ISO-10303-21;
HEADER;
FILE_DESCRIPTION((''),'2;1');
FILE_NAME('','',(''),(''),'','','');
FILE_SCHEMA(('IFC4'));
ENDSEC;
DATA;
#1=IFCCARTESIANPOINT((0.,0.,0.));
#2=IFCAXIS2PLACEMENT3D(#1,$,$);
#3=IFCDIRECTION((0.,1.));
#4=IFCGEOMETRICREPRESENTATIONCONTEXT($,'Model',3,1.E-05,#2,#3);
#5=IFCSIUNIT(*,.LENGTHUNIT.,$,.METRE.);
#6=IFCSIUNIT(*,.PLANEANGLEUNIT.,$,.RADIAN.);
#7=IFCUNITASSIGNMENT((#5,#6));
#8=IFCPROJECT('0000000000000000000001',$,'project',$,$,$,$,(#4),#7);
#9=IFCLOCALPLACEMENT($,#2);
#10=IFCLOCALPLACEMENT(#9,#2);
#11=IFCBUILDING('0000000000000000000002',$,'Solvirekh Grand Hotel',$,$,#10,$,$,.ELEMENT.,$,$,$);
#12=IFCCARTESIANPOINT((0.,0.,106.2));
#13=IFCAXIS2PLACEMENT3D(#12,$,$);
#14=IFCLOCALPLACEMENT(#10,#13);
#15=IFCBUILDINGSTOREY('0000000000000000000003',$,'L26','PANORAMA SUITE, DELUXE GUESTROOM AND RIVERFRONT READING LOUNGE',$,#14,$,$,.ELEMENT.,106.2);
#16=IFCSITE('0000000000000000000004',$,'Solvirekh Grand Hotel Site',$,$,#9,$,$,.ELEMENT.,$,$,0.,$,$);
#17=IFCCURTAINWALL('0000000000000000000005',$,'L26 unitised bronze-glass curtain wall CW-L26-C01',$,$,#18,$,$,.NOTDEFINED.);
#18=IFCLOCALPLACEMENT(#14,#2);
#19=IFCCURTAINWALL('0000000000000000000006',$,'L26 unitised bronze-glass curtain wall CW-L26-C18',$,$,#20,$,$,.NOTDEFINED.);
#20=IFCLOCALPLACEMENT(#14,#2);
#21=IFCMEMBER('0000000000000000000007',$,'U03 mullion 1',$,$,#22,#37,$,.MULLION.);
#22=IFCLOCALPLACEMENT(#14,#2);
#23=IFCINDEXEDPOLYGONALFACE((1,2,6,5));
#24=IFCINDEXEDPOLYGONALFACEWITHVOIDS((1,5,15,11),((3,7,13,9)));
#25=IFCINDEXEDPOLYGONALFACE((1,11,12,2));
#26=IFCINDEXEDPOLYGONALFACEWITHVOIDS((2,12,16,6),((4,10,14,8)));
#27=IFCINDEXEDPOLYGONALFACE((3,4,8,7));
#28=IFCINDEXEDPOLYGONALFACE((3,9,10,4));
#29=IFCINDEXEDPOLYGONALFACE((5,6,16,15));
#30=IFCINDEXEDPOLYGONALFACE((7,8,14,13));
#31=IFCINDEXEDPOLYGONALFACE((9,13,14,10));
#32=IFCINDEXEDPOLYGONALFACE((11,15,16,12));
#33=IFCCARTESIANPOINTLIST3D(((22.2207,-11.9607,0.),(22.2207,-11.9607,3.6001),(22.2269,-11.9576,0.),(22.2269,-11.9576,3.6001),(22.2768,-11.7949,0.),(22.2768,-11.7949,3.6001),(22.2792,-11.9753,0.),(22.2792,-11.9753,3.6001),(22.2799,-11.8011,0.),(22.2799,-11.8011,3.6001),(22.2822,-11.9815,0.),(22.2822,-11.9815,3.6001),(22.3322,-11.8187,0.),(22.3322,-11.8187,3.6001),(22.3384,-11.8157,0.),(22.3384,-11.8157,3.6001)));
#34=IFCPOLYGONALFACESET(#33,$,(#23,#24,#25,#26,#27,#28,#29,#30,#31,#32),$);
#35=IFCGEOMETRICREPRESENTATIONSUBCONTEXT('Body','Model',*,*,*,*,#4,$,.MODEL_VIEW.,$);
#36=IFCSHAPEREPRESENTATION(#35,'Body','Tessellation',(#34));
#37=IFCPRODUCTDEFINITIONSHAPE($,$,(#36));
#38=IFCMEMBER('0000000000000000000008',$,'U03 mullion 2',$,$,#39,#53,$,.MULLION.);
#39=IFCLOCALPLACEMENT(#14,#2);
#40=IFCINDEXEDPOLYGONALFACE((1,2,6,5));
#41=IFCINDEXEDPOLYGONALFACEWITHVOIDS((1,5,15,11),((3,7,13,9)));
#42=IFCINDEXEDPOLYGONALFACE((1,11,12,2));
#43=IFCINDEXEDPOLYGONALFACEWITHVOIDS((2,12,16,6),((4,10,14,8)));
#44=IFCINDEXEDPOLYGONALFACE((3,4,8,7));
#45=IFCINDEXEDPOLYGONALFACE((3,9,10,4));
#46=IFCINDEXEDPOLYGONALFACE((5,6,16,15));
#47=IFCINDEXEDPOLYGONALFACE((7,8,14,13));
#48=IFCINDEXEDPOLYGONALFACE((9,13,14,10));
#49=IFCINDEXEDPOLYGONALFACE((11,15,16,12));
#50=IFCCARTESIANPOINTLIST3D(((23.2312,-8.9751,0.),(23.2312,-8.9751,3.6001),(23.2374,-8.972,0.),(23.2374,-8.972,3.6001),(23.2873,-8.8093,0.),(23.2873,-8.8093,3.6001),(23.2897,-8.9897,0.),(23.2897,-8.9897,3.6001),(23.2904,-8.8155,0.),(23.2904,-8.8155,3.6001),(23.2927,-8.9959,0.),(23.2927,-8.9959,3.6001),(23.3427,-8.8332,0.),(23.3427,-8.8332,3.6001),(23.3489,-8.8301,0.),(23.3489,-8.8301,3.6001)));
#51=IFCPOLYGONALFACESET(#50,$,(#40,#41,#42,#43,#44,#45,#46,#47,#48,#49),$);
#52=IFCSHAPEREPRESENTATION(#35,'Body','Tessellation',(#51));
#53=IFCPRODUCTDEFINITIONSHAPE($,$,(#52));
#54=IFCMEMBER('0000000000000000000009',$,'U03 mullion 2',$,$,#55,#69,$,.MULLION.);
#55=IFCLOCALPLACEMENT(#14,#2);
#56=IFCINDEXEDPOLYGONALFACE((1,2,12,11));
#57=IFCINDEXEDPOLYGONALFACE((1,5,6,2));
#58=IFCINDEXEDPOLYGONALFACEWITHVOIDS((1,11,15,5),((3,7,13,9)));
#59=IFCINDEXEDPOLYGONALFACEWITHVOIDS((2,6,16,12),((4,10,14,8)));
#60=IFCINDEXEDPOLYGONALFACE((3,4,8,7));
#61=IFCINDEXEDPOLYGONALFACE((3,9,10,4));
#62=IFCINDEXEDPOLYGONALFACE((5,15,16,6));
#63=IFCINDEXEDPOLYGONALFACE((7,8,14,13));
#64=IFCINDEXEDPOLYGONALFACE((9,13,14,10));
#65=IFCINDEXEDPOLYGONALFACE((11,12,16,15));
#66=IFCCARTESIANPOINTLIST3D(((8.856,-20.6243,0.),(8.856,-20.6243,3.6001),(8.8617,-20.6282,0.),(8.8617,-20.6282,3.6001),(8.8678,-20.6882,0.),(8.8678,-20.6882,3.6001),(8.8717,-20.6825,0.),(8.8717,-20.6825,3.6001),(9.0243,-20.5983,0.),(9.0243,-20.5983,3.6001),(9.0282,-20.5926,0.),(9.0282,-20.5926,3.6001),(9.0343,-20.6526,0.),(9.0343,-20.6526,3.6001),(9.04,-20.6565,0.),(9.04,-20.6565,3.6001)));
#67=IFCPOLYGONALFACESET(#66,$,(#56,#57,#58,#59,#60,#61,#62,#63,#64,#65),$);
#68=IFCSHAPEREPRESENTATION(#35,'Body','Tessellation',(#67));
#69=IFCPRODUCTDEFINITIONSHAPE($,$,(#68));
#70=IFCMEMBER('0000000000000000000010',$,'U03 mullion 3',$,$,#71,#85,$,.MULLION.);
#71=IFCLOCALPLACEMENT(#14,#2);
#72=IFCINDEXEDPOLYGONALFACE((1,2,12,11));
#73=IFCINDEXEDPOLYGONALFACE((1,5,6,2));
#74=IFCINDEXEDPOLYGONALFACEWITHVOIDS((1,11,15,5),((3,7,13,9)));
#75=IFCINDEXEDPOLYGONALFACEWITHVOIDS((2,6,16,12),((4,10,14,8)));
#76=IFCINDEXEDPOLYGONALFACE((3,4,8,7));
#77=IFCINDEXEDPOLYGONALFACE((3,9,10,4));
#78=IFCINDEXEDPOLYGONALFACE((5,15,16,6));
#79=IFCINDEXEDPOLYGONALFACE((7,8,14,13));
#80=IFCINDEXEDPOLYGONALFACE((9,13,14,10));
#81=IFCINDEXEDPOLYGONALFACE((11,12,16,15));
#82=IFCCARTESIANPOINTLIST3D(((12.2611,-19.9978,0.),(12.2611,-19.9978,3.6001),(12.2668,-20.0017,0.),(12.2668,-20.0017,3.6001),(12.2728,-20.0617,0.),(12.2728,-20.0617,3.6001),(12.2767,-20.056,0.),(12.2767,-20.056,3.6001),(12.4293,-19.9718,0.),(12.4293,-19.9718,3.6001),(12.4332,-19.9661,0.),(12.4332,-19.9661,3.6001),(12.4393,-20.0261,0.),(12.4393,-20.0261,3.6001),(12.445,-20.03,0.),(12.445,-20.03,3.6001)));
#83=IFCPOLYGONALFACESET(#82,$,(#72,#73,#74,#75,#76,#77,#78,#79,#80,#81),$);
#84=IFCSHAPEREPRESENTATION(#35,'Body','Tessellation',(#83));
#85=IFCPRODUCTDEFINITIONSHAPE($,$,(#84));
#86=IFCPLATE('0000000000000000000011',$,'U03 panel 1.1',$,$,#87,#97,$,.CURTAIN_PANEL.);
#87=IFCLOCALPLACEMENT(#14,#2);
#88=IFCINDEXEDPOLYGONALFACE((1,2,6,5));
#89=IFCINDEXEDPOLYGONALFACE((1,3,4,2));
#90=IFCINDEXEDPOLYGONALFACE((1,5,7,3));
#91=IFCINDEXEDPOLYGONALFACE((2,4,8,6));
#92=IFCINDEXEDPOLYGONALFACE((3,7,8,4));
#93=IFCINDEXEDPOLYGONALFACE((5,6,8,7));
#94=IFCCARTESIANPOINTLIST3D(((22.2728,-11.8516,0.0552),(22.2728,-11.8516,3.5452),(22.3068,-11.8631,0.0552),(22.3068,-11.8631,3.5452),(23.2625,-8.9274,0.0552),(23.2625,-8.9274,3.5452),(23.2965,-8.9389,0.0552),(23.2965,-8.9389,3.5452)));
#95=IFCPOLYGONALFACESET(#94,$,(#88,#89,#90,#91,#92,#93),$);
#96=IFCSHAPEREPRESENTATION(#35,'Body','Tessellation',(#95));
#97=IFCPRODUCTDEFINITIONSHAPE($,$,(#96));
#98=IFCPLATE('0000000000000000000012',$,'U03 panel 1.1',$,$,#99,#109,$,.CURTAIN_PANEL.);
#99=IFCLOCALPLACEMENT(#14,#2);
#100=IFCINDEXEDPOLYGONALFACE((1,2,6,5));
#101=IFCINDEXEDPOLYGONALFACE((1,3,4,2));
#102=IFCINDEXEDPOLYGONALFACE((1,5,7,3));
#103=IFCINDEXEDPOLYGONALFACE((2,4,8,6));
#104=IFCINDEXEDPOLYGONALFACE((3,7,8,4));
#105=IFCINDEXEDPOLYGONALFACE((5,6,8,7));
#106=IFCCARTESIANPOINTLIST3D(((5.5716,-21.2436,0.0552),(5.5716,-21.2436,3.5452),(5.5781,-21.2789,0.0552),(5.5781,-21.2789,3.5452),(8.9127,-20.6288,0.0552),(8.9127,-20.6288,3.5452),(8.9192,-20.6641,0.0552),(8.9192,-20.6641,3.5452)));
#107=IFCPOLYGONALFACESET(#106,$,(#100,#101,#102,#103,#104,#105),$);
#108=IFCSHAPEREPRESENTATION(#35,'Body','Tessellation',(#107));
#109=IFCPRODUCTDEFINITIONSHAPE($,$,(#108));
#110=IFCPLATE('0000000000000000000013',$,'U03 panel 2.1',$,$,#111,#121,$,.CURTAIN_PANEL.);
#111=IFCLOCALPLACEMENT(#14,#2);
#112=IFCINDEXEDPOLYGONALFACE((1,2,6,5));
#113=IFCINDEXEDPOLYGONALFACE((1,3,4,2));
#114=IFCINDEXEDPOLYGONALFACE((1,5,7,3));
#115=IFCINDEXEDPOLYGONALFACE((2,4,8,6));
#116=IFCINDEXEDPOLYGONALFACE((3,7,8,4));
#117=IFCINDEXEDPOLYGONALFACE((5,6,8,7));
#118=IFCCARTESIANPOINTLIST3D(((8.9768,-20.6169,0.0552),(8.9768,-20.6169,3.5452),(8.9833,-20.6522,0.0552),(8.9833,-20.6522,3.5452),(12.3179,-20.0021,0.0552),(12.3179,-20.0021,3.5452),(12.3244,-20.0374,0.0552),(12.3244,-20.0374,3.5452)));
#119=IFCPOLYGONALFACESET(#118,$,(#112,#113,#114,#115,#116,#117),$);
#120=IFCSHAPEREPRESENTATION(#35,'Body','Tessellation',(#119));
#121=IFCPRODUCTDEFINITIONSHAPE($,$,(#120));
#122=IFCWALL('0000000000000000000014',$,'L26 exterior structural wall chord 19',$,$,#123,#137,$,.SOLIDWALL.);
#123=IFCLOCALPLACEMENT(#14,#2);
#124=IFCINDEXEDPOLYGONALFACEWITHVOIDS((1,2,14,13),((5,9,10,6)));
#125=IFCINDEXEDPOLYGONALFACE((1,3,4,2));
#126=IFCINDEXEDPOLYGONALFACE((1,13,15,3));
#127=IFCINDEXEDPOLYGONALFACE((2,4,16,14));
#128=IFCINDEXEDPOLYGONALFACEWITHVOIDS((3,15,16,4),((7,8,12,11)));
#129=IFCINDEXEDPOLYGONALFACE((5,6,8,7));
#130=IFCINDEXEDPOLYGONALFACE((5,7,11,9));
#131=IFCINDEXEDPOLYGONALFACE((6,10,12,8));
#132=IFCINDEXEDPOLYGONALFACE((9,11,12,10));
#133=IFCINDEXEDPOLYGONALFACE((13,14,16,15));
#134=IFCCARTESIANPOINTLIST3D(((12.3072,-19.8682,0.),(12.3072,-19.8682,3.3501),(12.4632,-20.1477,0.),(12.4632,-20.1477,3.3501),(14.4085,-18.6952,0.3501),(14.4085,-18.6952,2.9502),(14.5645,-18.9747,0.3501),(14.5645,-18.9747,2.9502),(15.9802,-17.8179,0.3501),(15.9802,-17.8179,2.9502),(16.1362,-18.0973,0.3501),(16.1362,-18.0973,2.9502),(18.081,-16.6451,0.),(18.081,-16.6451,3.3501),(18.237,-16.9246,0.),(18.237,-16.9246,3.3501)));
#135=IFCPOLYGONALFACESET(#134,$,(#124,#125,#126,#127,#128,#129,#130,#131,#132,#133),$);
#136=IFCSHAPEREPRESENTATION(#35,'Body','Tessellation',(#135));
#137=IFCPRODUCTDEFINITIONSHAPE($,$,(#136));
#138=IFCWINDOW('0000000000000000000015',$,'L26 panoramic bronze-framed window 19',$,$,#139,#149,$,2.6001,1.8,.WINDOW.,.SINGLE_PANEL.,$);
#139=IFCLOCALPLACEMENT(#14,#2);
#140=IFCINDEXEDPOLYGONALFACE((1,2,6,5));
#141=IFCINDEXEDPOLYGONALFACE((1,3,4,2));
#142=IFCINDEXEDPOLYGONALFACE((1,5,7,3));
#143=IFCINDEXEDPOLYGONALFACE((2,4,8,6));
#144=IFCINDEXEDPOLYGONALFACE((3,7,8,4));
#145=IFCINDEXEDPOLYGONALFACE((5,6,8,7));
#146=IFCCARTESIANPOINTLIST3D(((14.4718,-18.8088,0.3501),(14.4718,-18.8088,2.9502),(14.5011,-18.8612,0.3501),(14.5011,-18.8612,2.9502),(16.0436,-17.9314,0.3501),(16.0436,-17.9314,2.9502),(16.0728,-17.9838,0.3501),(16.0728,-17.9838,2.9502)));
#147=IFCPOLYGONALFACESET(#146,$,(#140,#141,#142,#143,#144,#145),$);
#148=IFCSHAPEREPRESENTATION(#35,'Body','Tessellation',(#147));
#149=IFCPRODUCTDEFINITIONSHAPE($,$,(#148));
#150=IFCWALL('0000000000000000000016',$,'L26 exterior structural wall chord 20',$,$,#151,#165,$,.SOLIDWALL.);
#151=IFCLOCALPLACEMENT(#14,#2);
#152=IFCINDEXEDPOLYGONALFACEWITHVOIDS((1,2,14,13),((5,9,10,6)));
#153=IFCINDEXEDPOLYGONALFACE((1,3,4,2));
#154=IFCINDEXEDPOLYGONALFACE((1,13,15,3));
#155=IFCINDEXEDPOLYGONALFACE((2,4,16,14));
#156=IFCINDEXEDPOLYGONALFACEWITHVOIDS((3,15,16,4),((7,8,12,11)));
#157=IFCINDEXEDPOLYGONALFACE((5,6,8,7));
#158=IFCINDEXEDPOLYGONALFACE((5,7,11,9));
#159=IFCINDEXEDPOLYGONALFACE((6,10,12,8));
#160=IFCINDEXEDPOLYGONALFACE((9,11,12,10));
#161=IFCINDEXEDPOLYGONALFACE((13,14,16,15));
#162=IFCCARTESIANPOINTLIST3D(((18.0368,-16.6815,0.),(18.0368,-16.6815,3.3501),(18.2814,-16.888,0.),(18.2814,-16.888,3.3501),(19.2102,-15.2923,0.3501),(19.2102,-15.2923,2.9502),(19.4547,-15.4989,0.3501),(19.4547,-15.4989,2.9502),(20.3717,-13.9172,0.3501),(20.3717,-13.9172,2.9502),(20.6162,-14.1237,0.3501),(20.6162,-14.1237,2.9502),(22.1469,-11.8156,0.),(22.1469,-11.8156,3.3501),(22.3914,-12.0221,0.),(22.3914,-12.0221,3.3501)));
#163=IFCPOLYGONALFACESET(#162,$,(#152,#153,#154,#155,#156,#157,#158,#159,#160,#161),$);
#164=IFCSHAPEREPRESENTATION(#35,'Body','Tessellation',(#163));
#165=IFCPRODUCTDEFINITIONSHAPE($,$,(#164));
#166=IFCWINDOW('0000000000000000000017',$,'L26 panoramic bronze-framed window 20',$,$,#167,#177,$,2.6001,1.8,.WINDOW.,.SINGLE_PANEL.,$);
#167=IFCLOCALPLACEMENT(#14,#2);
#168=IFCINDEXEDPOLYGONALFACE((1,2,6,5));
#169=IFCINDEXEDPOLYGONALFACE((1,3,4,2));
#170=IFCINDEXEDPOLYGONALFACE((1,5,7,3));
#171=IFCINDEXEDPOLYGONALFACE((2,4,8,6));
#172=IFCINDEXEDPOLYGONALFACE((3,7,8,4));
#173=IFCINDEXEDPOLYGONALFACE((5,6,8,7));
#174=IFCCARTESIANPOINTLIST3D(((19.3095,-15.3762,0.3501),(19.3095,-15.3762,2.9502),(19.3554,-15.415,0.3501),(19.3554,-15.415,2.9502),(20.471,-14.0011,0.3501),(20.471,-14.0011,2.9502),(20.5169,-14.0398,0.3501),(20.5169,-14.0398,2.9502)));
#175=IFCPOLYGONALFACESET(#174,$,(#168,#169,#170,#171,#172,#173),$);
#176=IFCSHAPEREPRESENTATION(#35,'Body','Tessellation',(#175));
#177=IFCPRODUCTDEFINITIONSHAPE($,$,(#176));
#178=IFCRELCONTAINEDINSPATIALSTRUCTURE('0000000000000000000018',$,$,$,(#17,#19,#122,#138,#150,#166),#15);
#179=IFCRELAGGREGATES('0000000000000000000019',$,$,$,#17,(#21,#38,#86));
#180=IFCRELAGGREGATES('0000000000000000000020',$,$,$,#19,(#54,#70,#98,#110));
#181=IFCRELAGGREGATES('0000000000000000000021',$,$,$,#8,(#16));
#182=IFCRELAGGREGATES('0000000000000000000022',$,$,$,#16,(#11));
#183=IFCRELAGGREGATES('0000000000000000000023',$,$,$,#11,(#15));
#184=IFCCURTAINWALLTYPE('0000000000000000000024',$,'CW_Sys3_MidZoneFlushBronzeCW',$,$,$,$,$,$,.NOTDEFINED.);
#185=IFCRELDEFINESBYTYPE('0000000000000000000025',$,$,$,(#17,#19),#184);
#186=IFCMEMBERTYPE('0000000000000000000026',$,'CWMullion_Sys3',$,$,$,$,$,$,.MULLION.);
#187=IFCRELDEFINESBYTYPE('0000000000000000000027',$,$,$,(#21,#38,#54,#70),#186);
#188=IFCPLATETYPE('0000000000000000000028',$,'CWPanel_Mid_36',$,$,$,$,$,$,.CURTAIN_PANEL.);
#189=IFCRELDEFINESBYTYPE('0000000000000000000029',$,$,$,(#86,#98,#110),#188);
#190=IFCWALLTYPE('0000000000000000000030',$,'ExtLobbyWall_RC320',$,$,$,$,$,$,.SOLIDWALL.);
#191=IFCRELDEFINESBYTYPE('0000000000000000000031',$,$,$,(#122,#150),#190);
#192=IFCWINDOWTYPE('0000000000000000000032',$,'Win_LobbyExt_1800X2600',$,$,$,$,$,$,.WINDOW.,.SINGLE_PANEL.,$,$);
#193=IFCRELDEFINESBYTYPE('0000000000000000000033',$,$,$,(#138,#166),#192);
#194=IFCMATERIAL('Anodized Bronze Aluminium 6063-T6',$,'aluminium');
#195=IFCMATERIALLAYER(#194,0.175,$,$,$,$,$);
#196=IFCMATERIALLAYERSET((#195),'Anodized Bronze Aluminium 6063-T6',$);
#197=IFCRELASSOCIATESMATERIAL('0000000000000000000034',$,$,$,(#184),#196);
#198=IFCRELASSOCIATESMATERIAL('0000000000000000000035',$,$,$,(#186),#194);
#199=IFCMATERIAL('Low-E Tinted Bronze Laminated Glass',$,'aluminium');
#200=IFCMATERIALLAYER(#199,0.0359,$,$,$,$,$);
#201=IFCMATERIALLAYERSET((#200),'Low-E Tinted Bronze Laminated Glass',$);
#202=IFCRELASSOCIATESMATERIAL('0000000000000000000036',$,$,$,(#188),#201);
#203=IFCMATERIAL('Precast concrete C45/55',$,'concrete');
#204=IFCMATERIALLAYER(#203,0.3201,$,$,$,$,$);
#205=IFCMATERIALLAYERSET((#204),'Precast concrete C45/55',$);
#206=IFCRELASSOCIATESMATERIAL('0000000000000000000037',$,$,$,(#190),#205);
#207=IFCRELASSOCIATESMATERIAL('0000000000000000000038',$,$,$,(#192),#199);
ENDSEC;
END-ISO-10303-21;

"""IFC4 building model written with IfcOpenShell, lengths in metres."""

from ifc_helpers import new_model, si_unit, direction, frame, frame_2d, origin, origin_2d, place, context, subcontext, project, spatial, rectangle, hollow_rectangle, extrude, source, transform, mapped, material, layer, layer_set, material_profile, profile_set, type_object, element, fill, aggregate, save


model = new_model("IFC4")

# Units and contexts
model_context = context("Model", 3, precision=1e-05, world=origin(), true_north=direction((0.0, 1.0)))
body_context = subcontext(model_context, "Body", "Model", "MODEL_VIEW")
ifc_project = project(units=[si_unit("LENGTHUNIT", "METRE"), si_unit("PLANEANGLEUNIT", "RADIAN")], contexts=[model_context])

# Site, building, storey
site_placement = place(None, origin())
site = spatial("IfcSite", under=ifc_project, at=site_placement, Name="Solvirekh Grand Hotel Site", CompositionType="ELEMENT", RefElevation=0.0)
building_placement = place(site_placement, origin())
building = spatial("IfcBuilding", under=site, at=building_placement, Name="Solvirekh Grand Hotel", CompositionType="ELEMENT")
storey_placement = place(building_placement, frame((0.0, 0.0, 106.2)))
storey = spatial("IfcBuildingStorey", under=building, at=storey_placement, Name="L26", Description="PANORAMA SUITE, DELUXE GUESTROOM AND RIVERFRONT READING LOUNGE", CompositionType="ELEMENT", Elevation=106.2)

# Curtain walls
ifc_material_1 = material(Name="Anodized Bronze Aluminium 6063-T6", Category="aluminium")
ifc_layer_1 = layer(ifc_material_1, 0.175)
ifc_layer_set_1 = layer_set([ifc_layer_1], Name="Anodized Bronze Aluminium 6063-T6")
curtain_wall_type = type_object("IfcCurtainWallType", Name="CW_Sys3_MidZoneFlushBronzeCW", PredefinedType="NOTDEFINED", material=ifc_layer_set_1)
curtain_wall_1_placement = place(storey_placement, origin())
curtain_wall_1 = element("IfcCurtainWall", 1, at=curtain_wall_1_placement, inside=storey, type_object=curtain_wall_type, Name="L26 unitised bronze-glass curtain wall CW-L26-C01", PredefinedType="NOTDEFINED")
curtain_wall_2_placement = place(storey_placement, origin())
curtain_wall_2 = element("IfcCurtainWall", 2, at=curtain_wall_2_placement, inside=storey, type_object=curtain_wall_type, Name="L26 unitised bronze-glass curtain wall CW-L26-C18", PredefinedType="NOTDEFINED")

# Members
ifc_material_profile_1 = material_profile(ifc_material_1, hollow_rectangle(XDim=0.0649, YDim=0.175, WallThickness=0.0049, at=origin_2d()), Name="ALU RHS 175X65X5")
ifc_profile_set_1 = profile_set([ifc_material_profile_1], Name="Anodized Bronze Aluminium 6063-T6")
member_type_1 = type_object("IfcMemberType", Name="CWMullion_Sys3", PredefinedType="MULLION", material=ifc_profile_set_1)
shared_shape_1 = source(origin(), body_context, "Body", "SweptSolid", [
    extrude(hollow_rectangle(XDim=0.0649, YDim=0.175, WallThickness=0.0049, at=origin_2d()), origin(), (0.0, 0.0, 1.0), 3.6001),
])
member_1_placement = place(storey_placement, frame((22.2795, -11.8882, 0.0), z_axis=(0.0, 0.0, 1.0), x_axis=(-0.947213, 0.320605, 0.0)))
member_1 = element("IfcMember", 3, at=member_1_placement, type_object=member_type_1, Name="U03 mullion 1", PredefinedType="MULLION", context=body_context, shape_type="MappedRepresentation", body=[
    mapped(shared_shape_1, transform((0.0, 0.0, 0.0), x_axis=(1.0, 0.0, 0.0), y_axis=(0.0, 1.0, 0.0), z_axis=(0.0, 0.0, 1.0), scale=1.0)),
])
member_2_placement = place(storey_placement, frame((23.29, -8.9026, 0.0), z_axis=(0.0, 0.0, 1.0), x_axis=(-0.947213, 0.320605, 0.0)))
member_2 = element("IfcMember", 4, at=member_2_placement, type_object=member_type_1, Name="U03 mullion 2", PredefinedType="MULLION", context=body_context, shape_type="MappedRepresentation", body=[
    mapped(shared_shape_1, transform((0.0, 0.0, 0.0), x_axis=(1.0, 0.0, 0.0), y_axis=(0.0, 1.0, 0.0), z_axis=(0.0, 0.0, 1.0), scale=1.0)),
])
member_3_placement = place(storey_placement, frame((8.948, -20.6404, 0.0), z_axis=(0.0, 0.0, 1.0), x_axis=(-0.180988, 0.983485, 0.0)))
member_3 = element("IfcMember", 5, at=member_3_placement, type_object=member_type_1, Name="U03 mullion 2", PredefinedType="MULLION", context=body_context, shape_type="MappedRepresentation", body=[
    mapped(shared_shape_1, transform((0.0, 0.0, 0.0), x_axis=(1.0, 0.0, 0.0), y_axis=(0.0, 1.0, 0.0), z_axis=(0.0, 0.0, 1.0), scale=1.0)),
])
member_4_placement = place(storey_placement, frame((12.353, -20.0139, 0.0), z_axis=(0.0, 0.0, 1.0), x_axis=(-0.180988, 0.983485, 0.0)))
member_4 = element("IfcMember", 6, at=member_4_placement, type_object=member_type_1, Name="U03 mullion 3", PredefinedType="MULLION", context=body_context, shape_type="MappedRepresentation", body=[
    mapped(shared_shape_1, transform((0.0, 0.0, 0.0), x_axis=(1.0, 0.0, 0.0), y_axis=(0.0, 1.0, 0.0), z_axis=(0.0, 0.0, 1.0), scale=1.0)),
])

# Plates
ifc_material_2 = material(Name="Low-E Tinted Bronze Laminated Glass", Category="aluminium")
ifc_layer_2 = layer(ifc_material_2, 0.0359)
ifc_layer_set_2 = layer_set([ifc_layer_2], Name="Low-E Tinted Bronze Laminated Glass")
plate_type = type_object("IfcPlateType", Name="CWPanel_Mid_36", PredefinedType="CURTAIN_PANEL", material=ifc_layer_set_2)
shared_shape_2 = source(origin(), body_context, "Body", "SweptSolid", [
    extrude(rectangle(XDim=3.0872, YDim=0.0359, at=origin_2d()), origin(), (0.0, 0.0, 1.0), 3.49),
])
plate_1_placement = place(storey_placement, frame((22.7847, -10.3953, 0.0552), z_axis=(0.0, 0.0, 1.0), x_axis=(0.320605, 0.947213, 0.0)))
plate_1 = element("IfcPlate", 7, at=plate_1_placement, type_object=plate_type, Name="U03 panel 1.1", PredefinedType="CURTAIN_PANEL", context=body_context, shape_type="MappedRepresentation", body=[
    mapped(shared_shape_2, transform((0.0, 0.0, 0.0), x_axis=(1.0, 0.0, 0.0), y_axis=(0.0, 1.0, 0.0), z_axis=(0.0, 0.0, 1.0), scale=1.0)),
])
aggregate(curtain_wall_1, [member_1, member_2, plate_1])
shared_shape_3 = source(origin(), body_context, "Body", "SweptSolid", [
    extrude(rectangle(XDim=3.3972, YDim=0.0359, at=origin_2d()), origin(), (0.0, 0.0, 1.0), 3.49),
])
plate_2_placement = place(storey_placement, frame((7.2454, -20.9539, 0.0552), z_axis=(0.0, 0.0, 1.0), x_axis=(0.983485, 0.180988, 0.0)))
plate_2 = element("IfcPlate", 8, at=plate_2_placement, type_object=plate_type, Name="U03 panel 1.1", PredefinedType="CURTAIN_PANEL", context=body_context, shape_type="MappedRepresentation", body=[
    mapped(shared_shape_3, transform((0.0, 0.0, 0.0), x_axis=(1.0, 0.0, 0.0), y_axis=(0.0, 1.0, 0.0), z_axis=(0.0, 0.0, 1.0), scale=1.0)),
])
plate_3_placement = place(storey_placement, frame((10.6506, -20.3271, 0.0552), z_axis=(0.0, 0.0, 1.0), x_axis=(0.983485, 0.180988, 0.0)))
plate_3 = element("IfcPlate", 9, at=plate_3_placement, type_object=plate_type, Name="U03 panel 2.1", PredefinedType="CURTAIN_PANEL", context=body_context, shape_type="MappedRepresentation", body=[
    mapped(shared_shape_3, transform((0.0, 0.0, 0.0), x_axis=(1.0, 0.0, 0.0), y_axis=(0.0, 1.0, 0.0), z_axis=(0.0, 0.0, 1.0), scale=1.0)),
])
aggregate(curtain_wall_2, [member_3, member_4, plate_2, plate_3])

# Walls, openings, windows
ifc_material_3 = material(Name="Precast concrete C45/55", Category="concrete")
ifc_layer_3 = layer(ifc_material_3, 0.3201)
ifc_layer_set_3 = layer_set([ifc_layer_3], Name="Precast concrete C45/55")
wall_type = type_object("IfcWallType", Name="ExtLobbyWall_RC320", PredefinedType="SOLIDWALL", material=ifc_layer_set_3)
wall_1_placement = place(storey_placement, frame((18.1589, -16.7849, 0.0), z_axis=(0.0, 0.0, 1.0), x_axis=(-0.873166, -0.487422, 0.0)))
wall_1 = element("IfcWall", 10, at=wall_1_placement, inside=storey, type_object=wall_type, Name="L26 exterior structural wall chord 19", PredefinedType="SOLIDWALL", context=body_context, shape_type="SweptSolid", body=[
    extrude(rectangle(XDim=6.6125, YDim=0.3201, at=frame_2d((3.3062, 0.0))), origin(), (0.0, 0.0, 1.0), 3.3501),
])
opening_1_placement = place(wall_1_placement, frame((2.406, 0.0, 0.3501)))
opening_1 = element("IfcOpeningElement", 11, at=opening_1_placement, cuts=wall_1, PredefinedType="OPENING", context=body_context, shape_type="SweptSolid", body=[
    extrude(rectangle(XDim=1.8, YDim=2.6001, at=frame_2d((0.8999, 1.3))), frame((0.0, 0.1699, 0.0), z_axis=(0.0, -1.0, 0.0), x_axis=(1.0, 0.0, 0.0)), (0.0, 0.0, 1.0), 0.3401),
])
window_type = type_object("IfcWindowType", Name="Win_LobbyExt_1800X2600", PartitioningType="SINGLE_PANEL", PredefinedType="WINDOW", material=ifc_material_2)
window_1_placement = place(opening_1_placement, origin())
window_1 = element("IfcWindow", 12, at=window_1_placement, inside=storey, type_object=window_type, Name="L26 panoramic bronze-framed window 19", OverallHeight=2.6001, OverallWidth=1.8, PartitioningType="SINGLE_PANEL", PredefinedType="WINDOW", context=body_context, shape_type="SweptSolid", body=[
    extrude(rectangle(XDim=1.8, YDim=2.6001, at=frame_2d((0.8999, 1.3))), frame((0.0, 0.03, 0.0), z_axis=(0.0, -1.0, 0.0), x_axis=(1.0, 0.0, 0.0)), (0.0, 0.0, 1.0), 0.0601),
])
fill(opening_1, window_1)
wall_2_placement = place(storey_placement, frame((22.269, -11.9189, 0.0), z_axis=(0.0, 0.0, 1.0), x_axis=(-0.645279, -0.763947, 0.0)))
wall_2 = element("IfcWall", 13, at=wall_2_placement, inside=storey, type_object=wall_type, Name="L26 exterior structural wall chord 20", PredefinedType="SOLIDWALL", context=body_context, shape_type="SweptSolid", body=[
    extrude(rectangle(XDim=6.3694, YDim=0.3201, at=frame_2d((3.1846, 0.0))), origin(), (0.0, 0.0, 1.0), 3.3501),
])
opening_2_placement = place(wall_2_placement, frame((2.751, 0.0, 0.3501)))
opening_2 = element("IfcOpeningElement", 14, at=opening_2_placement, cuts=wall_2, PredefinedType="OPENING", context=body_context, shape_type="SweptSolid", body=[
    extrude(rectangle(XDim=1.8, YDim=2.6001, at=frame_2d((0.8999, 1.3))), frame((0.0, 0.1699, 0.0), z_axis=(0.0, -1.0, 0.0), x_axis=(1.0, 0.0, 0.0)), (0.0, 0.0, 1.0), 0.3401),
])
window_2_placement = place(opening_2_placement, origin())
window_2 = element("IfcWindow", 15, at=window_2_placement, inside=storey, type_object=window_type, Name="L26 panoramic bronze-framed window 20", OverallHeight=2.6001, OverallWidth=1.8, PartitioningType="SINGLE_PANEL", PredefinedType="WINDOW", context=body_context, shape_type="SweptSolid", body=[
    extrude(rectangle(XDim=1.8, YDim=2.6001, at=frame_2d((0.8999, 1.3))), frame((0.0, 0.03, 0.0), z_axis=(0.0, -1.0, 0.0), x_axis=(1.0, 0.0, 0.0)), (0.0, 0.0, 1.0), 0.0601),
])
fill(opening_2, window_2)

save(model, "model.ifc")
